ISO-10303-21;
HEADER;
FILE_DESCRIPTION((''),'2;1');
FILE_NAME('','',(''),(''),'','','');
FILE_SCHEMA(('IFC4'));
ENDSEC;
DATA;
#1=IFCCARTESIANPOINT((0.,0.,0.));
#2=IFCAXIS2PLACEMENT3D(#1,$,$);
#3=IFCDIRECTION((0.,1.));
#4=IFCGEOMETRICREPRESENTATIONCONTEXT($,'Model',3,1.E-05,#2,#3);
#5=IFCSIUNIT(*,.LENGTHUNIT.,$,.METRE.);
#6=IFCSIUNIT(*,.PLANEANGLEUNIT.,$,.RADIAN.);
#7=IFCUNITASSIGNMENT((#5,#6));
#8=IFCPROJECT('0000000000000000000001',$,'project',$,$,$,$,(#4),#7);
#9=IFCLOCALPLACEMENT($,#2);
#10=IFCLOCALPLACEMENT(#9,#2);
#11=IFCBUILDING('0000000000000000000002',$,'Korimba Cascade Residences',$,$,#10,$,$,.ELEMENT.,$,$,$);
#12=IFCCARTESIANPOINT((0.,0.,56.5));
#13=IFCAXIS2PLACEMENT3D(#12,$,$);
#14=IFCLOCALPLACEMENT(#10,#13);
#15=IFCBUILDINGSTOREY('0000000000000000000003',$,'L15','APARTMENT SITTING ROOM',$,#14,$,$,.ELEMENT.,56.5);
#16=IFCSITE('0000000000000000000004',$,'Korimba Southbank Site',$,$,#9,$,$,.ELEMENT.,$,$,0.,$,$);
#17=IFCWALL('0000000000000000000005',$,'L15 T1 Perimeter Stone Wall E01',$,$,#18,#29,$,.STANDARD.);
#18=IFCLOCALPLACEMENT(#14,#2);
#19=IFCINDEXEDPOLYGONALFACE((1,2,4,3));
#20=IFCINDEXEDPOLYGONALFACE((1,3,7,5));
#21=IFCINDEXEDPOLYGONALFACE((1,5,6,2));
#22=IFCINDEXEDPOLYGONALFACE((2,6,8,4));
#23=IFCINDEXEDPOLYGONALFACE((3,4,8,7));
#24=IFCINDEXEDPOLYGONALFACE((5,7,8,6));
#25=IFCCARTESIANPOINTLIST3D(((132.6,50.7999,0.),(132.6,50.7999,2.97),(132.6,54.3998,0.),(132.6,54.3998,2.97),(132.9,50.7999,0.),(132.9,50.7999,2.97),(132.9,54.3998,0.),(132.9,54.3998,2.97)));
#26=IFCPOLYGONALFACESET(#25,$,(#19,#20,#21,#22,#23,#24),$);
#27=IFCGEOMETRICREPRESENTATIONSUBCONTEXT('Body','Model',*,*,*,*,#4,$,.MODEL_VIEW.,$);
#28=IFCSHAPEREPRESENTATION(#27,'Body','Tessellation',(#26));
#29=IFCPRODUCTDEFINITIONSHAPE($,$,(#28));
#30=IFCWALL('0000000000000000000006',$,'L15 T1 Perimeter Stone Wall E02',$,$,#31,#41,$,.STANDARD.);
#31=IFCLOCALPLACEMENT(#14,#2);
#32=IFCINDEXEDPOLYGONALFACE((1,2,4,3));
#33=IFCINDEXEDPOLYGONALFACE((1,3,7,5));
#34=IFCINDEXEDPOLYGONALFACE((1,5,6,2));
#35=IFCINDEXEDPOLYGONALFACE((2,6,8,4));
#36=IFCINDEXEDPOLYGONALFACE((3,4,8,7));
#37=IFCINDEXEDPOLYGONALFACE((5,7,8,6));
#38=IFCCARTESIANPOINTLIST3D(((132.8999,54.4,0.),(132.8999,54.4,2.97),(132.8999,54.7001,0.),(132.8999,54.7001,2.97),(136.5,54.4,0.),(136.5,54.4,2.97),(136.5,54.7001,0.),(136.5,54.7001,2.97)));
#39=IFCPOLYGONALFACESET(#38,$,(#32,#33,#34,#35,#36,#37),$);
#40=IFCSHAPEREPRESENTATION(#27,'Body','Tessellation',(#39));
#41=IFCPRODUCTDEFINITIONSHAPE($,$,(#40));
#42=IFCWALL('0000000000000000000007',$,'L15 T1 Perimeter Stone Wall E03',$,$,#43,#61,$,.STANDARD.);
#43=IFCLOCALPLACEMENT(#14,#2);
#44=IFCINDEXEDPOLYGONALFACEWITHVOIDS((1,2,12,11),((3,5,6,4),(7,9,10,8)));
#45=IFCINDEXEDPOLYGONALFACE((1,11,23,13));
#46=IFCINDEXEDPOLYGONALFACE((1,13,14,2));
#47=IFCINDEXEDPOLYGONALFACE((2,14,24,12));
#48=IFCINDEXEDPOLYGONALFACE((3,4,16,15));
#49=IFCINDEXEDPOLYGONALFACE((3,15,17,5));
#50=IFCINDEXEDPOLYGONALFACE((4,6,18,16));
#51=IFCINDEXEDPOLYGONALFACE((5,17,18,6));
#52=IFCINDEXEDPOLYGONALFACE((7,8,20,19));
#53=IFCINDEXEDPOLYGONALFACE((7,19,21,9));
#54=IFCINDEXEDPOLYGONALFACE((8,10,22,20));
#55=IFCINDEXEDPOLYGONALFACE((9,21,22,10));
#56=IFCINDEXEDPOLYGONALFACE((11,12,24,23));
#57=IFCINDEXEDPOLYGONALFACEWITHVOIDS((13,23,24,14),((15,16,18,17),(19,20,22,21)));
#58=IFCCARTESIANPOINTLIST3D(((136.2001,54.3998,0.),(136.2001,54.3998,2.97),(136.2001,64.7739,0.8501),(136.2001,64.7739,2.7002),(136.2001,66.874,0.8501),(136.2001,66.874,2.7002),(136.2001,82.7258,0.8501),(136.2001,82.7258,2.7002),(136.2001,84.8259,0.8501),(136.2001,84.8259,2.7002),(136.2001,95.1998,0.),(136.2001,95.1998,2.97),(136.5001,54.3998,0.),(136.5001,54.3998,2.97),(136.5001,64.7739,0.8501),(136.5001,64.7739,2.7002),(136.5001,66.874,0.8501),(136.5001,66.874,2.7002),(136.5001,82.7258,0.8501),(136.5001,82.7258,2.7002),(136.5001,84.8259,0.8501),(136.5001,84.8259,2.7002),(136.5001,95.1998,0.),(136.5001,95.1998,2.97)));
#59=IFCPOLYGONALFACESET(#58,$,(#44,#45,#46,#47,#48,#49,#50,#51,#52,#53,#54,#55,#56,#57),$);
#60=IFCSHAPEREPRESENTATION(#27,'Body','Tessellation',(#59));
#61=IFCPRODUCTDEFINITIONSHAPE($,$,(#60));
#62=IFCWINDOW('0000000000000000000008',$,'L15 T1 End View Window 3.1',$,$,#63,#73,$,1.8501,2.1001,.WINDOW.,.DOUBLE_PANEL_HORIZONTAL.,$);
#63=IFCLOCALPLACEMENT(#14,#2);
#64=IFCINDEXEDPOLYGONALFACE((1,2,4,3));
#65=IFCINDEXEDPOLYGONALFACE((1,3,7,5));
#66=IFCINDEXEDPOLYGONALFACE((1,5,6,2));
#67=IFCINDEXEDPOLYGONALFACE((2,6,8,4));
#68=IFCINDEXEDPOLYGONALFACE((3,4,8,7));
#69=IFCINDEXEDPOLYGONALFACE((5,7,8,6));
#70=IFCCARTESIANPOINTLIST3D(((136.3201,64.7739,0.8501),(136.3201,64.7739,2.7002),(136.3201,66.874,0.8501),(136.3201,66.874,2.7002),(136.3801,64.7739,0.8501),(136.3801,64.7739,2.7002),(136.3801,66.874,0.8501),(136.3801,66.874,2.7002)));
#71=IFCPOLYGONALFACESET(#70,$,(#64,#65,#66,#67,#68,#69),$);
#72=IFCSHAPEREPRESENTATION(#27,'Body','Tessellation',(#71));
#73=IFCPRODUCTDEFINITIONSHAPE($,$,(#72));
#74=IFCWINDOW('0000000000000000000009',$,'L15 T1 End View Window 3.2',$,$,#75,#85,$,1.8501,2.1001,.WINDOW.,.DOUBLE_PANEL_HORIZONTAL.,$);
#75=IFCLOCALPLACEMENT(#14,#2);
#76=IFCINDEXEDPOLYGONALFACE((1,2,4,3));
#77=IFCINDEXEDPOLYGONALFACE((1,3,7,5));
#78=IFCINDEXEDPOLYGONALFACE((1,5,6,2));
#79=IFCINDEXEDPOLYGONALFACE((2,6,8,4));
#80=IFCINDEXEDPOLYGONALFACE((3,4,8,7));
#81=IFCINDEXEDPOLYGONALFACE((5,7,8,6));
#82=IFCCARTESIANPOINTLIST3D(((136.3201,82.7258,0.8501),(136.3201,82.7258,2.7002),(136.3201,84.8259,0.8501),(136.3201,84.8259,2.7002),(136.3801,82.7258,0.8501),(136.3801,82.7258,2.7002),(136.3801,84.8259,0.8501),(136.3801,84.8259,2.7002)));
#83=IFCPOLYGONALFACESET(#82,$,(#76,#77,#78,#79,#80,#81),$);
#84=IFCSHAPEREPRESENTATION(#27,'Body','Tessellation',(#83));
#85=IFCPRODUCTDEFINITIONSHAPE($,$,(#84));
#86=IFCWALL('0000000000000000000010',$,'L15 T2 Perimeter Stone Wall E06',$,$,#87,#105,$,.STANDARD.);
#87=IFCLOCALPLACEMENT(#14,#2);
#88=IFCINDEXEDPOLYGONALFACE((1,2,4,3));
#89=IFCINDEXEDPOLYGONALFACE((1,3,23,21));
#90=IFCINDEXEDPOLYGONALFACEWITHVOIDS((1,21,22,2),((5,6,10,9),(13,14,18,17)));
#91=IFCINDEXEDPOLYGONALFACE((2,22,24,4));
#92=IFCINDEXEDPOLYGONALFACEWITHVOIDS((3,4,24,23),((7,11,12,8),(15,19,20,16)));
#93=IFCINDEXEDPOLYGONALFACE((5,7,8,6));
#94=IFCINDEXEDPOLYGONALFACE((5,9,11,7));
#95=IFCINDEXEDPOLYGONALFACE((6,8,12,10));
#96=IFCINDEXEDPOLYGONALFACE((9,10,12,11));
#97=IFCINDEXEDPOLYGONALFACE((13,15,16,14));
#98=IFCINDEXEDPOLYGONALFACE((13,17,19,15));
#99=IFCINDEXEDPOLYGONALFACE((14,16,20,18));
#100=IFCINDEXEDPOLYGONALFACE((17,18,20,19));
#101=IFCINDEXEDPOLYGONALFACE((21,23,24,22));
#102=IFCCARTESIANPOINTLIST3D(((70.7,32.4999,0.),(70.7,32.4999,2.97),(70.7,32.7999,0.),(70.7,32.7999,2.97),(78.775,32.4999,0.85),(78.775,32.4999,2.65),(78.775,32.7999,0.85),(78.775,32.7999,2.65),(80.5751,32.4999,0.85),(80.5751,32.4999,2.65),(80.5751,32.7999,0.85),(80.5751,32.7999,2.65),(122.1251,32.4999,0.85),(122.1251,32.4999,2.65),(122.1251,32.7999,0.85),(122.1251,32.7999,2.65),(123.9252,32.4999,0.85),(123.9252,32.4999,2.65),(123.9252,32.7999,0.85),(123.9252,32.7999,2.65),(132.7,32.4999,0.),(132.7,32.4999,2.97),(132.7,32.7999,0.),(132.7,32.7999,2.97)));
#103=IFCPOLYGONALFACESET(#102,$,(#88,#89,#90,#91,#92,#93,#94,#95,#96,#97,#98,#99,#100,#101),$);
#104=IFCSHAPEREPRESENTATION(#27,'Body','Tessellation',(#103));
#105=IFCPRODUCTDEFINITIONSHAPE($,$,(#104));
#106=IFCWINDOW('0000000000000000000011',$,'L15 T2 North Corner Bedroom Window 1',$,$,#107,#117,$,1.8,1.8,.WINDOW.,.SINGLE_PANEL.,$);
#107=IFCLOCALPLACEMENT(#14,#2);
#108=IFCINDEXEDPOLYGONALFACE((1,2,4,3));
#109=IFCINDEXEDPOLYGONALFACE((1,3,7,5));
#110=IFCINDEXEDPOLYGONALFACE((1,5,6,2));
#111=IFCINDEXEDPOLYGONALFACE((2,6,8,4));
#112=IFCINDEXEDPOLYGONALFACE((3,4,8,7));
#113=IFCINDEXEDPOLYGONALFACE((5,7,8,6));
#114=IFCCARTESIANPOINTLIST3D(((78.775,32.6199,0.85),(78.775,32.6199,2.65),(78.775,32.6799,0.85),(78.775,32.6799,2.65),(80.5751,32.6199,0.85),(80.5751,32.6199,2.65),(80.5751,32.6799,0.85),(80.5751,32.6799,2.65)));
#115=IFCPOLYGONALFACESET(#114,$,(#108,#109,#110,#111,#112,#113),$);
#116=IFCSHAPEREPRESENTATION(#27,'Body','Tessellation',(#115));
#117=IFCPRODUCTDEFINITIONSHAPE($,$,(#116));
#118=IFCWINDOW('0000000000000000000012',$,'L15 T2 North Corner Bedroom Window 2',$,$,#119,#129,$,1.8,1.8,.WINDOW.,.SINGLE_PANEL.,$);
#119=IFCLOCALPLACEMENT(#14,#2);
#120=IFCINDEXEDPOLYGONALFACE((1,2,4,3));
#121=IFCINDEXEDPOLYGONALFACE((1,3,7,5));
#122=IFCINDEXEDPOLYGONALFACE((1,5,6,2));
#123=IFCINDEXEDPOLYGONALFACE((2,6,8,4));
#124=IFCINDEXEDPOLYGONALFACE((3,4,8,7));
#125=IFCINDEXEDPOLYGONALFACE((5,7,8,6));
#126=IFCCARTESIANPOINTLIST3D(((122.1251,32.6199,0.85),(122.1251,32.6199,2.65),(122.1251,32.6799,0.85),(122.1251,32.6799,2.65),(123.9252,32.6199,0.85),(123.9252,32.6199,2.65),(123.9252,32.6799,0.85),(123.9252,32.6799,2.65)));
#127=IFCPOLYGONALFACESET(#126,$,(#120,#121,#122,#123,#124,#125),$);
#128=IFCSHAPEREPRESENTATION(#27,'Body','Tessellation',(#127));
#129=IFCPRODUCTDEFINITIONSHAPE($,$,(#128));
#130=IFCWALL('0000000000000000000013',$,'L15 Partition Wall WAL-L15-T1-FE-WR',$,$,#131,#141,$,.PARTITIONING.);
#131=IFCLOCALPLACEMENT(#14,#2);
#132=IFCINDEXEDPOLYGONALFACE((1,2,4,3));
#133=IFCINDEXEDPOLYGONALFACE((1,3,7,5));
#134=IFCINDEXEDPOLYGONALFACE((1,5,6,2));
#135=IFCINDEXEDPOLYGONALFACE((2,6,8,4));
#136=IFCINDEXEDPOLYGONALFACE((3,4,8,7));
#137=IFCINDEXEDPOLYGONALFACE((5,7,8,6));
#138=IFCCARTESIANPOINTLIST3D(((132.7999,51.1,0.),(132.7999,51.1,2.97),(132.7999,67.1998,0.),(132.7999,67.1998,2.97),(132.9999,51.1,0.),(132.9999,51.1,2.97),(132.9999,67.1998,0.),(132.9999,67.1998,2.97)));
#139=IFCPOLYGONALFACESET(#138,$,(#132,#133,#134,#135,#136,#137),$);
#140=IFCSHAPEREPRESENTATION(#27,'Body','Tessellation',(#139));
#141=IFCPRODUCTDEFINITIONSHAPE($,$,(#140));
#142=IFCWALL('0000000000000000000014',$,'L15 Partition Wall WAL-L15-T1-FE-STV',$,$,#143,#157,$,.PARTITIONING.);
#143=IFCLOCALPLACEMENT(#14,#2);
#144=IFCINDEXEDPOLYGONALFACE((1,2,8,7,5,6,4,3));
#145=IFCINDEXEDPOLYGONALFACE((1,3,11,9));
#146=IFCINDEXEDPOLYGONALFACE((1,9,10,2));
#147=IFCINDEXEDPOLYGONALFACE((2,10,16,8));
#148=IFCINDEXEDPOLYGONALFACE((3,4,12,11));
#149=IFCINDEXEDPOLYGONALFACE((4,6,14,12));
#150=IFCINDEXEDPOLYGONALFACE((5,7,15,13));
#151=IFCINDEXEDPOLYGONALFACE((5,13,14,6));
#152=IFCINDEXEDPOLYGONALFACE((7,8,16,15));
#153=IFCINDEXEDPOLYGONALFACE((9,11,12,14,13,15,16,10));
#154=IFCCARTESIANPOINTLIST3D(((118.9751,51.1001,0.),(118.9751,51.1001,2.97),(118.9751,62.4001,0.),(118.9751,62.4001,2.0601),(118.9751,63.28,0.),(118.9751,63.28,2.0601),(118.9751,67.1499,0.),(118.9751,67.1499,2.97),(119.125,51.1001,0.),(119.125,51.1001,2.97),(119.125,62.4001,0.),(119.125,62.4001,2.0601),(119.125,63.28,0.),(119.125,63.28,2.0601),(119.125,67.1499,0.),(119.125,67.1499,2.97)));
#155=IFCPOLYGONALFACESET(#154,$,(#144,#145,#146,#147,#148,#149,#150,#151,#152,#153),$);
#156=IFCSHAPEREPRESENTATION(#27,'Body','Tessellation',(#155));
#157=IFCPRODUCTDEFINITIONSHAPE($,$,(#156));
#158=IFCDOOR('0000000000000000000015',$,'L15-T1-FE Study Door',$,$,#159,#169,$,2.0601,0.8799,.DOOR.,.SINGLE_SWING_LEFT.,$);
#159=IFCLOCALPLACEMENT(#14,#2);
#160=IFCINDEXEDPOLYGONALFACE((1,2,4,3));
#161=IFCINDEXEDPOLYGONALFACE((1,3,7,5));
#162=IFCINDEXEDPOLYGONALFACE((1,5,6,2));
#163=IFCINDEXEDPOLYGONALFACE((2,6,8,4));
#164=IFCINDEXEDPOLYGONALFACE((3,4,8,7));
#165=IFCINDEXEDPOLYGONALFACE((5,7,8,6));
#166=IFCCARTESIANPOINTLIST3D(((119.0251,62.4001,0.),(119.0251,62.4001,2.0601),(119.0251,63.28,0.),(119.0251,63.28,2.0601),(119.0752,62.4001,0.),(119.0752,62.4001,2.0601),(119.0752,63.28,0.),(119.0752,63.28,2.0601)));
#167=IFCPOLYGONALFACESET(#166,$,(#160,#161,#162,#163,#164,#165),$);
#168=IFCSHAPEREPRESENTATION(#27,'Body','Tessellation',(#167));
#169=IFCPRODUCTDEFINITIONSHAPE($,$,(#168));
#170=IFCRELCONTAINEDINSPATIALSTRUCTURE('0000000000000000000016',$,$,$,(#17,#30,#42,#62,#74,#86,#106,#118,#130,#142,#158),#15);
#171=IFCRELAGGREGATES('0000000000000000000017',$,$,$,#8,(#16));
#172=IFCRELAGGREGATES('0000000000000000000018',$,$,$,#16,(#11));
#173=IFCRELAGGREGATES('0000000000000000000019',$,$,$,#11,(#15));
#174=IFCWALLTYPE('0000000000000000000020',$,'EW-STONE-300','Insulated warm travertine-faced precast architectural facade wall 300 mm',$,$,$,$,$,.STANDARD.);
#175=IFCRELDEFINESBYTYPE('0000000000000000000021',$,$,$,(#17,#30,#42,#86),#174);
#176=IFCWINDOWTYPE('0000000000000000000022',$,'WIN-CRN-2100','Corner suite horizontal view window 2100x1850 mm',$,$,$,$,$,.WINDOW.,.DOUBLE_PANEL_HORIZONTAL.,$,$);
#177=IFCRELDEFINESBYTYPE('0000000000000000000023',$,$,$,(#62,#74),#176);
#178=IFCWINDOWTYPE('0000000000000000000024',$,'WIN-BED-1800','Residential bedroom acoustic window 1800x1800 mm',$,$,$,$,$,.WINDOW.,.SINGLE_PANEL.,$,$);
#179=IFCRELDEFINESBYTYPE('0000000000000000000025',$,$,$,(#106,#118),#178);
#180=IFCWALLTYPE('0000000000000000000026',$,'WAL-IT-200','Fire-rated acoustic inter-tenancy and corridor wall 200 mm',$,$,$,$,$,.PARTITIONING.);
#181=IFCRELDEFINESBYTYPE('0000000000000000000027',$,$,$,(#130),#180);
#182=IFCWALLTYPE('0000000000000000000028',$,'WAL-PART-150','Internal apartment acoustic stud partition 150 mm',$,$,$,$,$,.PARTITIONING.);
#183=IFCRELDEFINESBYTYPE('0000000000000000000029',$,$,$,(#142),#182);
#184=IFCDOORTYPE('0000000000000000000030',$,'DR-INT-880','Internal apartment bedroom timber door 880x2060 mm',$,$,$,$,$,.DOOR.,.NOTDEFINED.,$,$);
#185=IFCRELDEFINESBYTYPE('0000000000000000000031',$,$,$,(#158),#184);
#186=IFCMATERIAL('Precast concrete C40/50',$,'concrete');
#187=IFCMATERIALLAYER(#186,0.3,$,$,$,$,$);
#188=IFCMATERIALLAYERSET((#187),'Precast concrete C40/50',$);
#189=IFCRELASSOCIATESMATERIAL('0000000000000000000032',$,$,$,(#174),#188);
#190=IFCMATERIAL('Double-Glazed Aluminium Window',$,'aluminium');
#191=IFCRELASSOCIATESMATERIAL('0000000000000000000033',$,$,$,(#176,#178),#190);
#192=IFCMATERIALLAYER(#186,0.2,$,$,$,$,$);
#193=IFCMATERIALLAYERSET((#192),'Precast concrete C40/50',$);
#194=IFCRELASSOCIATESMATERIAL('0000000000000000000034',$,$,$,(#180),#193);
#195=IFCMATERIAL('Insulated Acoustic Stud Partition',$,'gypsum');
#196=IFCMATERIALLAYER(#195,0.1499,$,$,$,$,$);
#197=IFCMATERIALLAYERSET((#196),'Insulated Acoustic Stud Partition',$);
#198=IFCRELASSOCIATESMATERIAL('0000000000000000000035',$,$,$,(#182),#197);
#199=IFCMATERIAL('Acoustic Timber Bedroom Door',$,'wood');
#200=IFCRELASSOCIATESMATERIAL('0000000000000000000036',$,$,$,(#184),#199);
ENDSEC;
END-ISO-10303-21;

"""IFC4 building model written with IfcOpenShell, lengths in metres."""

from ifc_helpers import new_model, si_unit, direction, frame, frame_2d, origin, place, context, subcontext, project, spatial, rectangle, extrude, material, layer, layer_set, type_object, element, fill, save


model = new_model("IFC4")

# Units and contexts
model_context = context("Model", 3, precision=1e-05, world=origin(), true_north=direction((0.0, 1.0)))
body_context = subcontext(model_context, "Body", "Model", "MODEL_VIEW")
ifc_project = project(units=[si_unit("LENGTHUNIT", "METRE"), si_unit("PLANEANGLEUNIT", "RADIAN")], contexts=[model_context])

# Site, building, storey
site_placement = place(None, origin())
site = spatial("IfcSite", under=ifc_project, at=site_placement, Name="Korimba Southbank Site", CompositionType="ELEMENT", RefElevation=0.0)
building_placement = place(site_placement, origin())
building = spatial("IfcBuilding", under=site, at=building_placement, Name="Korimba Cascade Residences", CompositionType="ELEMENT")
storey_placement = place(building_placement, frame((0.0, 0.0, 56.5)))
storey = spatial("IfcBuildingStorey", under=building, at=storey_placement, Name="L15", Description="APARTMENT SITTING ROOM", CompositionType="ELEMENT", Elevation=56.5)

# Walls
ifc_material_1 = material(Name="Precast concrete C40/50", Category="concrete")
ifc_layer_1 = layer(ifc_material_1, 0.3)
ifc_layer_set_1 = layer_set([ifc_layer_1], Name="Precast concrete C40/50")
wall_type_1 = type_object("IfcWallType", Name="EW-STONE-300", Description="Insulated warm travertine-faced precast architectural facade wall 300 mm", PredefinedType="STANDARD", material=ifc_layer_set_1)
wall_1_placement = place(storey_placement, frame((132.75, 50.8, 0.0), z_axis=(0.0, 0.0, 1.0), x_axis=(0.0, 1.0, 0.0)))
element("IfcWall", 1, at=wall_1_placement, inside=storey, type_object=wall_type_1, Name="L15 T1 Perimeter Stone Wall E01", PredefinedType="STANDARD", context=body_context, shape_type="SweptSolid", body=[
    extrude(rectangle(XDim=3.5999, YDim=0.3, at=frame_2d((1.7998, 0.0))), origin(), (0.0, 0.0, 1.0), 2.97),
])
wall_2_placement = place(storey_placement, frame((132.8999, 54.55, 0.0), z_axis=(0.0, 0.0, 1.0), x_axis=(1.0, 0.0, 0.0)))
element("IfcWall", 2, at=wall_2_placement, inside=storey, type_object=wall_type_1, Name="L15 T1 Perimeter Stone Wall E02", PredefinedType="STANDARD", context=body_context, shape_type="SweptSolid", body=[
    extrude(rectangle(XDim=3.6001, YDim=0.3, at=frame_2d((1.8, 0.0))), origin(), (0.0, 0.0, 1.0), 2.97),
])

# Walls, openings, windows
wall_3_placement = place(storey_placement, frame((136.3501, 54.3999, 0.0), z_axis=(0.0, 0.0, 1.0), x_axis=(0.0, 1.0, 0.0)))
wall_3 = element("IfcWall", 3, at=wall_3_placement, inside=storey, type_object=wall_type_1, Name="L15 T1 Perimeter Stone Wall E03", PredefinedType="STANDARD", context=body_context, shape_type="SweptSolid", body=[
    extrude(rectangle(XDim=40.8, YDim=0.3, at=frame_2d((20.3999, 0.0))), origin(), (0.0, 0.0, 1.0), 2.97),
])
opening_1_placement = place(wall_3_placement, frame((10.374, 0.0, 0.8501)))
opening_1 = element("IfcOpeningElement", 4, at=opening_1_placement, cuts=wall_3, PredefinedType="OPENING", context=body_context, shape_type="SweptSolid", body=[
    extrude(rectangle(XDim=2.1001, YDim=1.8501, at=frame_2d((1.05, 0.925))), frame((0.0, 0.1602, 0.0), z_axis=(0.0, -1.0, 0.0), x_axis=(1.0, 0.0, 0.0)), (0.0, 0.0, 1.0), 0.3201),
])
opening_2_placement = place(wall_3_placement, frame((28.3259, 0.0, 0.8501)))
opening_2 = element("IfcOpeningElement", 5, at=opening_2_placement, cuts=wall_3, PredefinedType="OPENING", context=body_context, shape_type="SweptSolid", body=[
    extrude(rectangle(XDim=2.1001, YDim=1.8501, at=frame_2d((1.05, 0.925))), frame((0.0, 0.1602, 0.0), z_axis=(0.0, -1.0, 0.0), x_axis=(1.0, 0.0, 0.0)), (0.0, 0.0, 1.0), 0.3201),
])
ifc_material_2 = material(Name="Double-Glazed Aluminium Window", Category="aluminium")
window_type_1 = type_object("IfcWindowType", Name="WIN-CRN-2100", Description="Corner suite horizontal view window 2100x1850 mm", PartitioningType="DOUBLE_PANEL_HORIZONTAL", PredefinedType="WINDOW", material=ifc_material_2)
window_1_placement = place(opening_1_placement, origin())
window_1 = element("IfcWindow", 6, at=window_1_placement, inside=storey, type_object=window_type_1, Name="L15 T1 End View Window 3.1", OverallHeight=1.8501, OverallWidth=2.1001, PartitioningType="DOUBLE_PANEL_HORIZONTAL", PredefinedType="WINDOW", context=body_context, shape_type="SweptSolid", body=[
    extrude(rectangle(XDim=2.1001, YDim=1.8501, at=frame_2d((1.05, 0.925))), frame((0.0, 0.03, 0.0), z_axis=(0.0, -1.0, 0.0), x_axis=(1.0, 0.0, 0.0)), (0.0, 0.0, 1.0), 0.0601),
])
fill(opening_1, window_1)
window_2_placement = place(opening_2_placement, origin())
window_2 = element("IfcWindow", 7, at=window_2_placement, inside=storey, type_object=window_type_1, Name="L15 T1 End View Window 3.2", OverallHeight=1.8501, OverallWidth=2.1001, PartitioningType="DOUBLE_PANEL_HORIZONTAL", PredefinedType="WINDOW", context=body_context, shape_type="SweptSolid", body=[
    extrude(rectangle(XDim=2.1001, YDim=1.8501, at=frame_2d((1.05, 0.925))), frame((0.0, 0.03, 0.0), z_axis=(0.0, -1.0, 0.0), x_axis=(1.0, 0.0, 0.0)), (0.0, 0.0, 1.0), 0.0601),
])
fill(opening_2, window_2)
wall_4_placement = place(storey_placement, frame((132.7, 32.6499, 0.0), z_axis=(0.0, 0.0, 1.0), x_axis=(-1.0, 0.0, 0.0)))
wall_4 = element("IfcWall", 8, at=wall_4_placement, inside=storey, type_object=wall_type_1, Name="L15 T2 Perimeter Stone Wall E06", PredefinedType="STANDARD", context=body_context, shape_type="SweptSolid", body=[
    extrude(rectangle(XDim=62.0, YDim=0.3, at=frame_2d((31.0, 0.0))), origin(), (0.0, 0.0, 1.0), 2.97),
])
opening_3_placement = place(wall_4_placement, frame((52.125, 0.0, 0.8501)))
opening_3 = element("IfcOpeningElement", 9, at=opening_3_placement, cuts=wall_4, PredefinedType="OPENING", context=body_context, shape_type="SweptSolid", body=[
    extrude(rectangle(XDim=1.8, YDim=1.8, at=frame_2d((0.8999, 0.8999))), frame((0.0, 0.1602, 0.0), z_axis=(0.0, -1.0, 0.0), x_axis=(1.0, 0.0, 0.0)), (0.0, 0.0, 1.0), 0.3201),
])
opening_4_placement = place(wall_4_placement, frame((8.7749, 0.0, 0.8501)))
opening_4 = element("IfcOpeningElement", 10, at=opening_4_placement, cuts=wall_4, PredefinedType="OPENING", context=body_context, shape_type="SweptSolid", body=[
    extrude(rectangle(XDim=1.8, YDim=1.8, at=frame_2d((0.8999, 0.8999))), frame((0.0, 0.1602, 0.0), z_axis=(0.0, -1.0, 0.0), x_axis=(1.0, 0.0, 0.0)), (0.0, 0.0, 1.0), 0.3201),
])
window_type_2 = type_object("IfcWindowType", Name="WIN-BED-1800", Description="Residential bedroom acoustic window 1800x1800 mm", PartitioningType="SINGLE_PANEL", PredefinedType="WINDOW", material=ifc_material_2)
window_3_placement = place(opening_3_placement, origin())
window_3 = element("IfcWindow", 11, at=window_3_placement, inside=storey, type_object=window_type_2, Name="L15 T2 North Corner Bedroom Window 1", OverallHeight=1.8, OverallWidth=1.8, PartitioningType="SINGLE_PANEL", PredefinedType="WINDOW", context=body_context, shape_type="SweptSolid", body=[
    extrude(rectangle(XDim=1.8, YDim=1.8, at=frame_2d((0.8999, 0.8999))), frame((0.0, 0.03, 0.0), z_axis=(0.0, -1.0, 0.0), x_axis=(1.0, 0.0, 0.0)), (0.0, 0.0, 1.0), 0.0601),
])
fill(opening_3, window_3)
window_4_placement = place(opening_4_placement, origin())
window_4 = element("IfcWindow", 12, at=window_4_placement, inside=storey, type_object=window_type_2, Name="L15 T2 North Corner Bedroom Window 2", OverallHeight=1.8, OverallWidth=1.8, PartitioningType="SINGLE_PANEL", PredefinedType="WINDOW", context=body_context, shape_type="SweptSolid", body=[
    extrude(rectangle(XDim=1.8, YDim=1.8, at=frame_2d((0.8999, 0.8999))), frame((0.0, 0.03, 0.0), z_axis=(0.0, -1.0, 0.0), x_axis=(1.0, 0.0, 0.0)), (0.0, 0.0, 1.0), 0.0601),
])
fill(opening_4, window_4)

# Wall
ifc_layer_2 = layer(ifc_material_1, 0.2)
ifc_layer_set_2 = layer_set([ifc_layer_2], Name="Precast concrete C40/50")
wall_type_2 = type_object("IfcWallType", Name="WAL-IT-200", Description="Fire-rated acoustic inter-tenancy and corridor wall 200 mm", PredefinedType="PARTITIONING", material=ifc_layer_set_2)
wall_5_placement = place(storey_placement, frame((132.8999, 51.1001, 0.0), z_axis=(0.0, 0.0, 1.0), x_axis=(0.0, 1.0, 0.0)))
element("IfcWall", 13, at=wall_5_placement, inside=storey, type_object=wall_type_2, Name="L15 Partition Wall WAL-L15-T1-FE-WR", PredefinedType="PARTITIONING", context=body_context, shape_type="SweptSolid", body=[
    extrude(rectangle(XDim=16.0999, YDim=0.2, at=frame_2d((8.0498, 0.0))), origin(), (0.0, 0.0, 1.0), 2.97),
])

# Wall, opening, door
ifc_material_3 = material(Name="Insulated Acoustic Stud Partition", Category="gypsum")
ifc_layer_3 = layer(ifc_material_3, 0.1499)
ifc_layer_set_3 = layer_set([ifc_layer_3], Name="Insulated Acoustic Stud Partition")
wall_type_3 = type_object("IfcWallType", Name="WAL-PART-150", Description="Internal apartment acoustic stud partition 150 mm", PredefinedType="PARTITIONING", material=ifc_layer_set_3)
wall_6_placement = place(storey_placement, frame((119.05, 51.1001, 0.0), z_axis=(0.0, 0.0, 1.0), x_axis=(0.0, 1.0, 0.0)))
wall_6 = element("IfcWall", 14, at=wall_6_placement, inside=storey, type_object=wall_type_3, Name="L15 Partition Wall WAL-L15-T1-FE-STV", PredefinedType="PARTITIONING", context=body_context, shape_type="SweptSolid", body=[
    extrude(rectangle(XDim=16.0498, YDim=0.1499, at=frame_2d((8.0249, 0.0))), origin(), (0.0, 0.0, 1.0), 2.97),
])
opening_5_placement = place(wall_6_placement, frame((11.3, 0.0, 0.0)))
opening_5 = element("IfcOpeningElement", 15, at=opening_5_placement, cuts=wall_6, PredefinedType="OPENING", context=body_context, shape_type="SweptSolid", body=[
    extrude(rectangle(XDim=0.8799, YDim=2.0601, at=frame_2d((0.4399, 1.03))), frame((0.0, 0.085, 0.0), z_axis=(0.0, -1.0, 0.0), x_axis=(1.0, 0.0, 0.0)), (0.0, 0.0, 1.0), 0.1699),
])
ifc_material_4 = material(Name="Acoustic Timber Bedroom Door", Category="wood")
door_type = type_object("IfcDoorType", Name="DR-INT-880", Description="Internal apartment bedroom timber door 880x2060 mm", OperationType="NOTDEFINED", PredefinedType="DOOR", material=ifc_material_4)
door_placement = place(opening_5_placement, origin())
door = element("IfcDoor", 16, at=door_placement, inside=storey, type_object=door_type, Name="L15-T1-FE Study Door", OperationType="SINGLE_SWING_LEFT", OverallHeight=2.0601, OverallWidth=0.8799, PredefinedType="DOOR", context=body_context, shape_type="SweptSolid", body=[
    extrude(rectangle(XDim=0.8799, YDim=2.0601, at=frame_2d((0.4399, 1.03))), frame((0.0, 0.0249, 0.0), z_axis=(0.0, -1.0, 0.0), x_axis=(1.0, 0.0, 0.0)), (0.0, 0.0, 1.0), 0.05),
])
fill(opening_5, door)

save(model, "model.ifc")
